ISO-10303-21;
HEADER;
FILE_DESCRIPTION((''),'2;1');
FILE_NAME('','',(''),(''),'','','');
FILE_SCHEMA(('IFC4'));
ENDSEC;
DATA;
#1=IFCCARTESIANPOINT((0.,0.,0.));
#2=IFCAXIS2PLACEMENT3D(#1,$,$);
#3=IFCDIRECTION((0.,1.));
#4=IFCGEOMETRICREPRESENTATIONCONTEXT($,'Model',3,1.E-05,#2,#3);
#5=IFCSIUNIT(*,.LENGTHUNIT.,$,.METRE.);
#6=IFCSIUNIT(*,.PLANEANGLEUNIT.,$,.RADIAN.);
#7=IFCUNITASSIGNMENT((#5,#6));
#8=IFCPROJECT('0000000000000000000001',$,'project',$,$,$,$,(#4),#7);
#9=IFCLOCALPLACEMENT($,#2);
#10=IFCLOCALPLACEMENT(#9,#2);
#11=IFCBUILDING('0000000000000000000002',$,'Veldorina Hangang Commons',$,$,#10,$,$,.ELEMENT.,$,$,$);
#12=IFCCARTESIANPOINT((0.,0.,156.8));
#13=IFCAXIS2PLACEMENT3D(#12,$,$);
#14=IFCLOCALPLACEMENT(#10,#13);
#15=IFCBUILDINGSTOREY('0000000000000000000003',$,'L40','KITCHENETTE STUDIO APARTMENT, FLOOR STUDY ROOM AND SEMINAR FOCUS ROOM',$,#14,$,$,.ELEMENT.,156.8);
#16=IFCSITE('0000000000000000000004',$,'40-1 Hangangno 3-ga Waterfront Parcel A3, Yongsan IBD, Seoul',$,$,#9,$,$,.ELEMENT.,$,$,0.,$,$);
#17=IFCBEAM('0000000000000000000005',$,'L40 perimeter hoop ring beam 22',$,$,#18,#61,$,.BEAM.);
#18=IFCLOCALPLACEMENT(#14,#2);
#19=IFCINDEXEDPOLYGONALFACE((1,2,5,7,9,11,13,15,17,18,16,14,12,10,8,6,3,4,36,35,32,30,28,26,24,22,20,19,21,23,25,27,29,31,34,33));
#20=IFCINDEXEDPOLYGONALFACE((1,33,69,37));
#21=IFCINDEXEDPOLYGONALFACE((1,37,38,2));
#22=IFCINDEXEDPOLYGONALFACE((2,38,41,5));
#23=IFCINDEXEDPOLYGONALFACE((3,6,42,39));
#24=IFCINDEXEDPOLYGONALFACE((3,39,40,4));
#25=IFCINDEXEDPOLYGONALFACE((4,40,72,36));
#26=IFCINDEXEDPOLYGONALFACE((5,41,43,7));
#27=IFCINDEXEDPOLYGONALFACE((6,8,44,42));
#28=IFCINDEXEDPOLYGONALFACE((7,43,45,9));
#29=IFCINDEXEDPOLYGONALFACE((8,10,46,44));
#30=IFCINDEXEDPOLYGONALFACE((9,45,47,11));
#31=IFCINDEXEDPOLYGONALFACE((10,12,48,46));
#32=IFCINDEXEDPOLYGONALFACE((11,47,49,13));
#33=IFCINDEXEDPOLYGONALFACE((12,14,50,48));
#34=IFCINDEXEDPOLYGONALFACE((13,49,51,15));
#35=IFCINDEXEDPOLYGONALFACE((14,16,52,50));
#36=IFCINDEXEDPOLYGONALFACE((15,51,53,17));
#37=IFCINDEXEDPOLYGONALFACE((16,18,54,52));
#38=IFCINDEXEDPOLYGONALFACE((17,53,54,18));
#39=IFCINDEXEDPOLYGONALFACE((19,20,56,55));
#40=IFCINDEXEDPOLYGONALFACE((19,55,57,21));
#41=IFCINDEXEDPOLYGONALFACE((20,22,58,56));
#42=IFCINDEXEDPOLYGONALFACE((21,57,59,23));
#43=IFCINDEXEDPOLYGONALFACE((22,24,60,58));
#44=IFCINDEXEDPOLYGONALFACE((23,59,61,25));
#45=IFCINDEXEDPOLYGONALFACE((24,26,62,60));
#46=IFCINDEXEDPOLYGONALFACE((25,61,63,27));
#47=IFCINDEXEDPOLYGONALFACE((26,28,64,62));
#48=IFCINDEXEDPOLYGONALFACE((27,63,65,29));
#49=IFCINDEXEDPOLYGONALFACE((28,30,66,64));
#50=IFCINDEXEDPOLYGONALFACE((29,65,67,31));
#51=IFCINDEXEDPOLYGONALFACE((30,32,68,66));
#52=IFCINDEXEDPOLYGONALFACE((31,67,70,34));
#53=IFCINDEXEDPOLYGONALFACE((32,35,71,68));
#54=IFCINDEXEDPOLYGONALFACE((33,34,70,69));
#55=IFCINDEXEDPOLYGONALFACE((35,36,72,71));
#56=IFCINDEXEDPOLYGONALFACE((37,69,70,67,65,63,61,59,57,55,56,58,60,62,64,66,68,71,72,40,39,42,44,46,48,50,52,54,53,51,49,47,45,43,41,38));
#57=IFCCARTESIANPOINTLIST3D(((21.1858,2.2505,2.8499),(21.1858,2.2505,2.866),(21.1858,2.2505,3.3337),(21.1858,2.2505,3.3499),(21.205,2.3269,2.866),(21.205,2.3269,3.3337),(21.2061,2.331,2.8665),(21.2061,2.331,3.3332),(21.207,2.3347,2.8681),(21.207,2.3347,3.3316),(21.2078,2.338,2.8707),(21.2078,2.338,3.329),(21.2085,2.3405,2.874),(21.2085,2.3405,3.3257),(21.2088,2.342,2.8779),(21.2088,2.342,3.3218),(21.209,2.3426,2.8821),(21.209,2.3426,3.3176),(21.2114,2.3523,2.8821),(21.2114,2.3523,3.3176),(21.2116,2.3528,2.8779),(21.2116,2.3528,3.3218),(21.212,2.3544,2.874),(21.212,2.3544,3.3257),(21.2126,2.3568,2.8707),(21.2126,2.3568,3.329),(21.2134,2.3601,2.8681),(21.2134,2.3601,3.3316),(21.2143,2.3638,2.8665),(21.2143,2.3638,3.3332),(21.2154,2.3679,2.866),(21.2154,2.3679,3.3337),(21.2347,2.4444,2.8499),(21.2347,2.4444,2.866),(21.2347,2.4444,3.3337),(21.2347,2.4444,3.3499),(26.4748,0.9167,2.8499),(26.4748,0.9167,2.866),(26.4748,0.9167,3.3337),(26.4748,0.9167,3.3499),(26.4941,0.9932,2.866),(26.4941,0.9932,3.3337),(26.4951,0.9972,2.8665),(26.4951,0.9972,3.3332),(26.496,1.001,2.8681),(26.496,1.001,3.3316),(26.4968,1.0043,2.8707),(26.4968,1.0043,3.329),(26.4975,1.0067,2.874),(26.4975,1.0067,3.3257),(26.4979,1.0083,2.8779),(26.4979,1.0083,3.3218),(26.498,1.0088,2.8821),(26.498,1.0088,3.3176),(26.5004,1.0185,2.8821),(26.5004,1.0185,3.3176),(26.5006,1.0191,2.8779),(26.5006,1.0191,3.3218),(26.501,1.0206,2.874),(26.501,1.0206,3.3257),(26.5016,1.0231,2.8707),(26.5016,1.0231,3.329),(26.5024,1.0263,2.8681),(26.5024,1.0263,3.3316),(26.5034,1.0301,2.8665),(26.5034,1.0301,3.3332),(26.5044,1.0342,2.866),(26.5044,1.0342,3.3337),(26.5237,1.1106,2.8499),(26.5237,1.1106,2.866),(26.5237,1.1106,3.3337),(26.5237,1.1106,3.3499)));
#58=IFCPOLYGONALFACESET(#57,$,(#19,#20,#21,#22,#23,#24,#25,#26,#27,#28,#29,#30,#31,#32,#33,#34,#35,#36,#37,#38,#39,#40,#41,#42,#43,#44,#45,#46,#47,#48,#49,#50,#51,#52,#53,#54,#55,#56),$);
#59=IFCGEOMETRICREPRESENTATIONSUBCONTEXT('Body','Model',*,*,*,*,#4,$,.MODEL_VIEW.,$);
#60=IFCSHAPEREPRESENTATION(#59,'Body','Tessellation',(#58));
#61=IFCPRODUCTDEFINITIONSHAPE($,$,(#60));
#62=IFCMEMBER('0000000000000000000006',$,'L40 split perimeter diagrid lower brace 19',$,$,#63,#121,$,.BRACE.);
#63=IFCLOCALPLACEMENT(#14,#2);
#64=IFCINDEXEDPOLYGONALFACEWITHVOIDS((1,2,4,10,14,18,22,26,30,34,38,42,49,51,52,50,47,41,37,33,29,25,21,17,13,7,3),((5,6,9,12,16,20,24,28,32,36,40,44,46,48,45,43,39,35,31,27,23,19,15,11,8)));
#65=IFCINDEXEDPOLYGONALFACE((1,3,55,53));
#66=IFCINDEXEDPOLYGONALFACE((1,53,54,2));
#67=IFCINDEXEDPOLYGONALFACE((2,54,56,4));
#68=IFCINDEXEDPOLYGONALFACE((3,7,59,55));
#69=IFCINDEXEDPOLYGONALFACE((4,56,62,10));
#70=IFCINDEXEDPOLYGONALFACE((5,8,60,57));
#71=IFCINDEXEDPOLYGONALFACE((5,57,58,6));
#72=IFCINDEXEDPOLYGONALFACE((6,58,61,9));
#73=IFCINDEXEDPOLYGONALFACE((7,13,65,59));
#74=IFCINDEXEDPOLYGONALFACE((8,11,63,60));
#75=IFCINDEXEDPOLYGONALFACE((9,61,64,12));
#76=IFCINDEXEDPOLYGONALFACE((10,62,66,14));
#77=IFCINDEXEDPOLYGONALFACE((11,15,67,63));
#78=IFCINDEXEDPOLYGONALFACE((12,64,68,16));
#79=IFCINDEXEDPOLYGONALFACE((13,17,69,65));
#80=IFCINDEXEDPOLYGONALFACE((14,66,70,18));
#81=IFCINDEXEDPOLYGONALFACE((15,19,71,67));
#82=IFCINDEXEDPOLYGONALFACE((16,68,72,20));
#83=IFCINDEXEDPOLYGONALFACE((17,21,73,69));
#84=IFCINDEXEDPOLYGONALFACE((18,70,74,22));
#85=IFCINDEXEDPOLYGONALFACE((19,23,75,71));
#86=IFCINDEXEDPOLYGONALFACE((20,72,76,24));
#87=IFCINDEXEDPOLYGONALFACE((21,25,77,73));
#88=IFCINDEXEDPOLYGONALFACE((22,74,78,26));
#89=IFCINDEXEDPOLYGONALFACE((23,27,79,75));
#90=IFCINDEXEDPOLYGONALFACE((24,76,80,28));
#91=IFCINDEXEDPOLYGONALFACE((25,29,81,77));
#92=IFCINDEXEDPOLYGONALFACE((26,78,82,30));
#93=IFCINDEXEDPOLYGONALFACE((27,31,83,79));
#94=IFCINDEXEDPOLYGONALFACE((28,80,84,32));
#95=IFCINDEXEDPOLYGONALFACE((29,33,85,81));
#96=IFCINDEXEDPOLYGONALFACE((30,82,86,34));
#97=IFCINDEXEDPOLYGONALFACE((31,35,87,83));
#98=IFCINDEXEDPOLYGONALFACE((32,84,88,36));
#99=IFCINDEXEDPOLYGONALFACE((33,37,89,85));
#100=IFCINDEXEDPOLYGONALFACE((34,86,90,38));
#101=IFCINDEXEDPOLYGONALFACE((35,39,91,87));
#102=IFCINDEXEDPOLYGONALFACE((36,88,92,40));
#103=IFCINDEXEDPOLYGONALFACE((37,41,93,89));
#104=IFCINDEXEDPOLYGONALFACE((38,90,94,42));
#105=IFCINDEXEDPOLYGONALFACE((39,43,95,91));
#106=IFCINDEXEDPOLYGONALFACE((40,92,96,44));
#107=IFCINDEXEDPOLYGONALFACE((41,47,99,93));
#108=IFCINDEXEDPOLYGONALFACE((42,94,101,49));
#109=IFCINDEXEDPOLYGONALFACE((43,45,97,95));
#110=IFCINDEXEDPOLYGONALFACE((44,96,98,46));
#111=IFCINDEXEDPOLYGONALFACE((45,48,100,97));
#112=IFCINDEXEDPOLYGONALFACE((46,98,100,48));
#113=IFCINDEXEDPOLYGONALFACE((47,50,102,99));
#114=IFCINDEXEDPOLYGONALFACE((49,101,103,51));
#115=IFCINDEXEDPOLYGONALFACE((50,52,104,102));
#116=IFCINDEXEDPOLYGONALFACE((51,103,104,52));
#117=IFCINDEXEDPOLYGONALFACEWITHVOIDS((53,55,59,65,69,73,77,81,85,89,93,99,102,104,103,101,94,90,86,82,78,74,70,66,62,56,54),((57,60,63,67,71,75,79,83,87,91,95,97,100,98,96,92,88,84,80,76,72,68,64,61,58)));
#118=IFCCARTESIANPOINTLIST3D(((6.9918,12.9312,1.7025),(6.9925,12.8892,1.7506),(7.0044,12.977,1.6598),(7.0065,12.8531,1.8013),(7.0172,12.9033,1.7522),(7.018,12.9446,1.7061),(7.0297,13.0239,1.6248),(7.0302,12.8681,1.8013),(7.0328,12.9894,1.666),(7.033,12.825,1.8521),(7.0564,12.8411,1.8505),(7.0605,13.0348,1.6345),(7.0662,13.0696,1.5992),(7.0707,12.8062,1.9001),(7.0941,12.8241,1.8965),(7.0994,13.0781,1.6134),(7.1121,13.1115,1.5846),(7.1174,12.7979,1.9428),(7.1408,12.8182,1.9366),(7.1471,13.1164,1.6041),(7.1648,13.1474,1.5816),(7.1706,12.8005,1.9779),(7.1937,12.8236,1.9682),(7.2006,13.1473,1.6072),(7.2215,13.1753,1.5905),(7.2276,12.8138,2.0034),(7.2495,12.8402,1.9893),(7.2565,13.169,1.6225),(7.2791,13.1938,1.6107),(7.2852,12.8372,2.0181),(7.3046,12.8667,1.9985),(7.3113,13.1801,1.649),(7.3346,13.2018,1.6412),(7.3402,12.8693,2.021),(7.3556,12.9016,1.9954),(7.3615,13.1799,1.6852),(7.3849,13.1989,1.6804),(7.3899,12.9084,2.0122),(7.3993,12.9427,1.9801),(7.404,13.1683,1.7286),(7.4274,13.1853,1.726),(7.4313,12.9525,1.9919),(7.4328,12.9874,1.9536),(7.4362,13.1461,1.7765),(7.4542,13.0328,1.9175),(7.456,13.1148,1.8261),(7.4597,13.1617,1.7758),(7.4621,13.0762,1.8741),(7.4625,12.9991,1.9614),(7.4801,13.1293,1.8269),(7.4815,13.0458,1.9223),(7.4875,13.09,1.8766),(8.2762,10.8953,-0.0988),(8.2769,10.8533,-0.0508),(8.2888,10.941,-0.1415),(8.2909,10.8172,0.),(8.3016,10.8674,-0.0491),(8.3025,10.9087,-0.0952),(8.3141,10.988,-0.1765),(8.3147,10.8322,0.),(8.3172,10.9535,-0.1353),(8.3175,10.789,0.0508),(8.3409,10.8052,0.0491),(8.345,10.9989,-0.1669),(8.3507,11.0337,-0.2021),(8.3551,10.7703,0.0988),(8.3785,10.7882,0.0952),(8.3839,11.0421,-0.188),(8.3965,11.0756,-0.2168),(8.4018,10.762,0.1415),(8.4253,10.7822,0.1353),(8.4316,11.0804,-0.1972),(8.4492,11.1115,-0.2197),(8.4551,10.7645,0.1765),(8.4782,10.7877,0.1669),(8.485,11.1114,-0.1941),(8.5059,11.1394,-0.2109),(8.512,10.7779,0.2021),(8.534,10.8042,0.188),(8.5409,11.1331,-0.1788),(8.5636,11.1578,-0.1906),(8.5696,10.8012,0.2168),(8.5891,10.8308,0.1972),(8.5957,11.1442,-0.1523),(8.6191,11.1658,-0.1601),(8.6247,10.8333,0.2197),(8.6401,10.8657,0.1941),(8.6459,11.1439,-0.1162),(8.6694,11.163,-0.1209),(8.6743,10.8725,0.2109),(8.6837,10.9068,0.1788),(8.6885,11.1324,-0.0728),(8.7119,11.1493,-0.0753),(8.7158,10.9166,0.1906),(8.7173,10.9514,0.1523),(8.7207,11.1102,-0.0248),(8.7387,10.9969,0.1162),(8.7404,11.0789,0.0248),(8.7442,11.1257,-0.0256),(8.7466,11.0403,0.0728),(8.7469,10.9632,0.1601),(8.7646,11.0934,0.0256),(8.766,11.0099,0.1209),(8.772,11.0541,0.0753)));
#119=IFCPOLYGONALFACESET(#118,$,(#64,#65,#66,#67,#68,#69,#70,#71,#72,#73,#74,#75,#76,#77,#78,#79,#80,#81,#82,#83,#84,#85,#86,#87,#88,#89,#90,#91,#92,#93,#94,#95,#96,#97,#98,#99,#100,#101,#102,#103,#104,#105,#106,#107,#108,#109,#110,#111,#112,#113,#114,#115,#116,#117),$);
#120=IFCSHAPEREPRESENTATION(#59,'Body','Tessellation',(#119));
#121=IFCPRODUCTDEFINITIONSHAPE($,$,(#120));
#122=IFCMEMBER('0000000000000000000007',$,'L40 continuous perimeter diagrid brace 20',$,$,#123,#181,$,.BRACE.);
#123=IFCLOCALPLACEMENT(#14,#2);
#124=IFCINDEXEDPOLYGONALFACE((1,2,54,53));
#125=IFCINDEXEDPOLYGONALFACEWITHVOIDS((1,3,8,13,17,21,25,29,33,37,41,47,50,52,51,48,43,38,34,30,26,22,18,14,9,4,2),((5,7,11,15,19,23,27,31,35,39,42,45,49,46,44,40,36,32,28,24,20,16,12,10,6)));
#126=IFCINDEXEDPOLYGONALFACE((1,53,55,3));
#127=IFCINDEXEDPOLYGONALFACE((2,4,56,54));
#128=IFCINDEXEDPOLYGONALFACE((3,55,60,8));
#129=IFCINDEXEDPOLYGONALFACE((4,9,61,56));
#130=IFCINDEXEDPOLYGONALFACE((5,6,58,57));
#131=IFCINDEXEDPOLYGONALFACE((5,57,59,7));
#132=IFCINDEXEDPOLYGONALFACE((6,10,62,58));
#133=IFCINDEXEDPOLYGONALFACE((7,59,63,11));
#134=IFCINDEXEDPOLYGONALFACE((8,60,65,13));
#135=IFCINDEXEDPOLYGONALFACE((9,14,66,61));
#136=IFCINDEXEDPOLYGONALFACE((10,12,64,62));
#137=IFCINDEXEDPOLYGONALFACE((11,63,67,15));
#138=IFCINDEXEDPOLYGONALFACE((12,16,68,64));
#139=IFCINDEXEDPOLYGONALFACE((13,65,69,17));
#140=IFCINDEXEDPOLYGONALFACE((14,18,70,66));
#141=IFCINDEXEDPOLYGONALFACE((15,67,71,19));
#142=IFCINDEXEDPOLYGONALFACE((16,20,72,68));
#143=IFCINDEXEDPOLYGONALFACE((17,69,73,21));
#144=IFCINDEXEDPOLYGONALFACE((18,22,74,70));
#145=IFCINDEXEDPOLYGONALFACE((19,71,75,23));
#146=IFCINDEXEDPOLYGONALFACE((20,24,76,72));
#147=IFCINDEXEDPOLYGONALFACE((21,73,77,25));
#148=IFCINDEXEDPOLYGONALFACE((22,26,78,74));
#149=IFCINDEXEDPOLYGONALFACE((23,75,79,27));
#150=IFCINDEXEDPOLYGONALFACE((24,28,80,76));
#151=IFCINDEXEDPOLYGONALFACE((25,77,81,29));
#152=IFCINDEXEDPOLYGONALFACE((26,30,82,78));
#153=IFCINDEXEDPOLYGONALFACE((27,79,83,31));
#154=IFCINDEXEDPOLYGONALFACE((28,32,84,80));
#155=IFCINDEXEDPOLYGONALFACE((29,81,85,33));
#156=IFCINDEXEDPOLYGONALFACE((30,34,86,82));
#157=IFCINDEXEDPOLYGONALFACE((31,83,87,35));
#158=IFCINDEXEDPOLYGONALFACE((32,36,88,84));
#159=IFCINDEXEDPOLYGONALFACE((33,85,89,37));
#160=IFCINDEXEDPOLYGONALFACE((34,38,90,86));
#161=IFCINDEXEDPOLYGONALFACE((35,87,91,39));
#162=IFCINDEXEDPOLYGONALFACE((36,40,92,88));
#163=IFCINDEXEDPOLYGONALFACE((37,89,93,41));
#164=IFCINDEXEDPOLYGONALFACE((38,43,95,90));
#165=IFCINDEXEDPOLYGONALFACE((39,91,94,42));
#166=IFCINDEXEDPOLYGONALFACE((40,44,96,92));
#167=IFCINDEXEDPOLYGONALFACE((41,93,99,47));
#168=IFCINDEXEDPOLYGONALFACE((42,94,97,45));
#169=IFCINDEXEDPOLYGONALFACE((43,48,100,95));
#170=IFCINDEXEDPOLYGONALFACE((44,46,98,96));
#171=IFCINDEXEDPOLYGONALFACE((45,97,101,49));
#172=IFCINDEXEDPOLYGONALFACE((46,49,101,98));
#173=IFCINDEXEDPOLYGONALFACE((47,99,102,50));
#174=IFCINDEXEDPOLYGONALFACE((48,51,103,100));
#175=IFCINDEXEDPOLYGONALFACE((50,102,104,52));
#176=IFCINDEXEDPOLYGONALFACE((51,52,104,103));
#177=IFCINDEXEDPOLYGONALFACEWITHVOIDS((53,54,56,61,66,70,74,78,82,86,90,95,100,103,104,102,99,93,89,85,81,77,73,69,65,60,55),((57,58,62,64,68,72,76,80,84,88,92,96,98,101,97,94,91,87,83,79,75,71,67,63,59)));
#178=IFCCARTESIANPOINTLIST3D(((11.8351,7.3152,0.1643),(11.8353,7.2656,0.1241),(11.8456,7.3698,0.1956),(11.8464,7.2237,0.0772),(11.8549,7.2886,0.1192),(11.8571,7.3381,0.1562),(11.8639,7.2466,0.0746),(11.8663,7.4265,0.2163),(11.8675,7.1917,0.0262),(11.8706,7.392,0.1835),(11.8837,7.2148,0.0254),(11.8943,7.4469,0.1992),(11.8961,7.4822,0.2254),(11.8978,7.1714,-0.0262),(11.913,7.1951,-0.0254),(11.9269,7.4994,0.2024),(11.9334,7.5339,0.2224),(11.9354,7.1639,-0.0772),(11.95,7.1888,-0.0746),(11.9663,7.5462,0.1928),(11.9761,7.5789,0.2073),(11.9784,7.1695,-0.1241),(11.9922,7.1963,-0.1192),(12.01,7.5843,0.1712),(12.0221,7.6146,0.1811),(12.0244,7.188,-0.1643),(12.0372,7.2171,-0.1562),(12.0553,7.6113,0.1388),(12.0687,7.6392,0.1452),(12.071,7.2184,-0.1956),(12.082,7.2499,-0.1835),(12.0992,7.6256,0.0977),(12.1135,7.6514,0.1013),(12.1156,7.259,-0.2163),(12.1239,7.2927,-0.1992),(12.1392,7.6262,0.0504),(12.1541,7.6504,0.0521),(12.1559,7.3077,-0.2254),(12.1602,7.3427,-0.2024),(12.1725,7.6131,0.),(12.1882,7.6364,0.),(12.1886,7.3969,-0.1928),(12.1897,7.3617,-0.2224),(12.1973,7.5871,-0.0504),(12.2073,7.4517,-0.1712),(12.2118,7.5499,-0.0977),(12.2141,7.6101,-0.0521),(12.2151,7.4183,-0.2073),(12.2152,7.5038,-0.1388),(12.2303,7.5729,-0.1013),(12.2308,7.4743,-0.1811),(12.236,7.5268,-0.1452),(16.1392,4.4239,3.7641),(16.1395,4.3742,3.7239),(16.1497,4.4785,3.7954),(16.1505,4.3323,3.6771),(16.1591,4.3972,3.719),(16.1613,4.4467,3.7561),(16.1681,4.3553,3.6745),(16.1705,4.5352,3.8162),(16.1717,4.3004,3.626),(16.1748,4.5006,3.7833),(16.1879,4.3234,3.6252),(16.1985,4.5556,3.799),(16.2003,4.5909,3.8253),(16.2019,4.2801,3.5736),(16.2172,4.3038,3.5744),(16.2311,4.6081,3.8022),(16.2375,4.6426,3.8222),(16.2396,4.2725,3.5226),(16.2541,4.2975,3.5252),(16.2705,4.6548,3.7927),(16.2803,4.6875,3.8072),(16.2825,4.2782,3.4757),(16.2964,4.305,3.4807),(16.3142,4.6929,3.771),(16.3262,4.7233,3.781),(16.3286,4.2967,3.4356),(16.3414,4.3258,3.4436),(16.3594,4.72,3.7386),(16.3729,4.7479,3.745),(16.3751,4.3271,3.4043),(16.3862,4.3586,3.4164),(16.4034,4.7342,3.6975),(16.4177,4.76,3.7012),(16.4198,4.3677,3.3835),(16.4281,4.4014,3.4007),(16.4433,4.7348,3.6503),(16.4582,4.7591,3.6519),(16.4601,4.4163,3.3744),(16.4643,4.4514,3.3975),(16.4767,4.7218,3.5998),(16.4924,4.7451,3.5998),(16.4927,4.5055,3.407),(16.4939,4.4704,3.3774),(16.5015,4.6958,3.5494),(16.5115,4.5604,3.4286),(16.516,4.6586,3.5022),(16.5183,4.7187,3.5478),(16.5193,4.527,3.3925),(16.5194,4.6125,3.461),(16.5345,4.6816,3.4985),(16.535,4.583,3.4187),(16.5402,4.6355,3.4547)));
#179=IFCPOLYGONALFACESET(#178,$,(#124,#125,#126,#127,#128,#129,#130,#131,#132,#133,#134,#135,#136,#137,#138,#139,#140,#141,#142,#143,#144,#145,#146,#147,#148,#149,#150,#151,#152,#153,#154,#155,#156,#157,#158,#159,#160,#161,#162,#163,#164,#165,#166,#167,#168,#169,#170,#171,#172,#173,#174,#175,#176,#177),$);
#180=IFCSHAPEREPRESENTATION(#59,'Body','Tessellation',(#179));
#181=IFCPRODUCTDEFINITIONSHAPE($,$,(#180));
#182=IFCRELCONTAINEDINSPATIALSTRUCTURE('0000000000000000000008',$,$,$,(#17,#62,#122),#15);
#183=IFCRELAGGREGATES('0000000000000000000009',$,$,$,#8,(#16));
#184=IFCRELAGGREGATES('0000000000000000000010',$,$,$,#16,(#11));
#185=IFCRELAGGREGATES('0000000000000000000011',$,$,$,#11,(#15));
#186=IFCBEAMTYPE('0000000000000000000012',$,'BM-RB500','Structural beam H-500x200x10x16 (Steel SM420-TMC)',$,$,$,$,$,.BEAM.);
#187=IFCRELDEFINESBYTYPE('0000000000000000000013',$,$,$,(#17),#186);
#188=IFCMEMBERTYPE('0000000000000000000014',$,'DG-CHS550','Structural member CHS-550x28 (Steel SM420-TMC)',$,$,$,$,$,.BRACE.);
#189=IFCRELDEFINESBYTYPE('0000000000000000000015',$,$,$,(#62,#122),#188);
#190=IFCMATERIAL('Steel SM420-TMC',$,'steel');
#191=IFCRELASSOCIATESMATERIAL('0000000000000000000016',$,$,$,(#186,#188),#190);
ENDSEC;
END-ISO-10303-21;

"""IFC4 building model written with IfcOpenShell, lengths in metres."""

from ifc_helpers import new_model, si_unit, direction, frame, origin, origin_2d, place, context, subcontext, project, spatial, hollow_circle, i_section, extrude, material, material_profile, profile_set, type_object, element, save


model = new_model("IFC4")

# Units and contexts
model_context = context("Model", 3, precision=1e-05, world=origin(), true_north=direction((0.0, 1.0)))
body_context = subcontext(model_context, "Body", "Model", "MODEL_VIEW")
ifc_project = project(units=[si_unit("LENGTHUNIT", "METRE"), si_unit("PLANEANGLEUNIT", "RADIAN")], contexts=[model_context])

# Site, building, storey
site_placement = place(None, origin())
site = spatial("IfcSite", under=ifc_project, at=site_placement, Name="40-1 Hangangno 3-ga Waterfront Parcel A3, Yongsan IBD, Seoul", CompositionType="ELEMENT", RefElevation=0.0)
building_placement = place(site_placement, origin())
building = spatial("IfcBuilding", under=site, at=building_placement, Name="Veldorina Hangang Commons", CompositionType="ELEMENT")
storey_placement = place(building_placement, frame((0.0, 0.0, 156.8)))
storey = spatial("IfcBuildingStorey", under=building, at=storey_placement, Name="L40", Description="KITCHENETTE STUDIO APARTMENT, FLOOR STUDY ROOM AND SEMINAR FOCUS ROOM", CompositionType="ELEMENT", Elevation=156.8)

# Beam
ifc_material_1 = material(Name="Steel SM420-TMC", Category="steel")
ifc_material_profile_1 = material_profile(ifc_material_1, i_section(OverallWidth=0.2, OverallDepth=0.5, WebThickness=0.01, FlangeThickness=0.0161, FilletRadius=0.0161, at=origin_2d()), Name="H-500x200x10x16")
ifc_profile_set_1 = profile_set([ifc_material_profile_1], Name="Steel SM420-TMC")
beam_type_1 = type_object("IfcBeamType", Name="BM-RB500", Description="Structural beam H-500x200x10x16 (Steel SM420-TMC)", PredefinedType="BEAM", material=ifc_profile_set_1)
beam_1_placement = place(storey_placement, frame((21.2102, 2.3474, 3.0999), z_axis=(0.969646, -0.244515, 0.0), x_axis=(0.244515, 0.969646, 0.0)))
element("IfcBeam", 1, at=beam_1_placement, inside=storey, type_object=beam_type_1, Name="L40 perimeter hoop ring beam 22", PredefinedType="BEAM", context=body_context, shape_type="SweptSolid", body=[
    extrude(i_section(OverallWidth=0.2, OverallDepth=0.5, WebThickness=0.01, FlangeThickness=0.0161, FilletRadius=0.0161, at=origin_2d()), origin(), (0.0, 0.0, 1.0), 5.4546),
])

# Members
ifc_material_profile_2 = material_profile(ifc_material_1, hollow_circle(Radius=0.2749, WallThickness=0.0281, at=origin_2d()), Name="CHS-550x28")
ifc_profile_set_2 = profile_set([ifc_material_profile_2], Name="Steel SM420-TMC")
member_type = type_object("IfcMemberType", Name="DG-CHS550", Description="Structural member CHS-550x28 (Steel SM420-TMC)", PredefinedType="BRACE", material=ifc_profile_set_2)
member_1_placement = place(storey_placement, frame((8.5234, 10.9639, 0.0), z_axis=(-0.427213, 0.677158, 0.599121), x_axis=(-0.845751, -0.533577, 0.0)))
element("IfcMember", 2, at=member_1_placement, inside=storey, type_object=member_type, Name="L40 split perimeter diagrid lower brace 19", PredefinedType="BRACE", context=body_context, shape_type="SweptSolid", body=[
    extrude(hollow_circle(Radius=0.2749, WallThickness=0.0281, at=origin_2d()), origin(), (0.0, 0.0, 1.0), 3.0066),
])
member_2_placement = place(storey_placement, frame((12.0349, 7.4082, 0.0), z_axis=(0.681876, -0.458052, 0.570293), x_axis=(0.55762, 0.830097, 0.0)))
element("IfcMember", 3, at=member_2_placement, inside=storey, type_object=member_type, Name="L40 continuous perimeter diagrid brace 20", PredefinedType="BRACE", context=body_context, shape_type="SweptSolid", body=[
    extrude(hollow_circle(Radius=0.2749, WallThickness=0.0281, at=origin_2d()), origin(), (0.0, 0.0, 1.0), 6.3123),
])

save(model, "model.ifc")
